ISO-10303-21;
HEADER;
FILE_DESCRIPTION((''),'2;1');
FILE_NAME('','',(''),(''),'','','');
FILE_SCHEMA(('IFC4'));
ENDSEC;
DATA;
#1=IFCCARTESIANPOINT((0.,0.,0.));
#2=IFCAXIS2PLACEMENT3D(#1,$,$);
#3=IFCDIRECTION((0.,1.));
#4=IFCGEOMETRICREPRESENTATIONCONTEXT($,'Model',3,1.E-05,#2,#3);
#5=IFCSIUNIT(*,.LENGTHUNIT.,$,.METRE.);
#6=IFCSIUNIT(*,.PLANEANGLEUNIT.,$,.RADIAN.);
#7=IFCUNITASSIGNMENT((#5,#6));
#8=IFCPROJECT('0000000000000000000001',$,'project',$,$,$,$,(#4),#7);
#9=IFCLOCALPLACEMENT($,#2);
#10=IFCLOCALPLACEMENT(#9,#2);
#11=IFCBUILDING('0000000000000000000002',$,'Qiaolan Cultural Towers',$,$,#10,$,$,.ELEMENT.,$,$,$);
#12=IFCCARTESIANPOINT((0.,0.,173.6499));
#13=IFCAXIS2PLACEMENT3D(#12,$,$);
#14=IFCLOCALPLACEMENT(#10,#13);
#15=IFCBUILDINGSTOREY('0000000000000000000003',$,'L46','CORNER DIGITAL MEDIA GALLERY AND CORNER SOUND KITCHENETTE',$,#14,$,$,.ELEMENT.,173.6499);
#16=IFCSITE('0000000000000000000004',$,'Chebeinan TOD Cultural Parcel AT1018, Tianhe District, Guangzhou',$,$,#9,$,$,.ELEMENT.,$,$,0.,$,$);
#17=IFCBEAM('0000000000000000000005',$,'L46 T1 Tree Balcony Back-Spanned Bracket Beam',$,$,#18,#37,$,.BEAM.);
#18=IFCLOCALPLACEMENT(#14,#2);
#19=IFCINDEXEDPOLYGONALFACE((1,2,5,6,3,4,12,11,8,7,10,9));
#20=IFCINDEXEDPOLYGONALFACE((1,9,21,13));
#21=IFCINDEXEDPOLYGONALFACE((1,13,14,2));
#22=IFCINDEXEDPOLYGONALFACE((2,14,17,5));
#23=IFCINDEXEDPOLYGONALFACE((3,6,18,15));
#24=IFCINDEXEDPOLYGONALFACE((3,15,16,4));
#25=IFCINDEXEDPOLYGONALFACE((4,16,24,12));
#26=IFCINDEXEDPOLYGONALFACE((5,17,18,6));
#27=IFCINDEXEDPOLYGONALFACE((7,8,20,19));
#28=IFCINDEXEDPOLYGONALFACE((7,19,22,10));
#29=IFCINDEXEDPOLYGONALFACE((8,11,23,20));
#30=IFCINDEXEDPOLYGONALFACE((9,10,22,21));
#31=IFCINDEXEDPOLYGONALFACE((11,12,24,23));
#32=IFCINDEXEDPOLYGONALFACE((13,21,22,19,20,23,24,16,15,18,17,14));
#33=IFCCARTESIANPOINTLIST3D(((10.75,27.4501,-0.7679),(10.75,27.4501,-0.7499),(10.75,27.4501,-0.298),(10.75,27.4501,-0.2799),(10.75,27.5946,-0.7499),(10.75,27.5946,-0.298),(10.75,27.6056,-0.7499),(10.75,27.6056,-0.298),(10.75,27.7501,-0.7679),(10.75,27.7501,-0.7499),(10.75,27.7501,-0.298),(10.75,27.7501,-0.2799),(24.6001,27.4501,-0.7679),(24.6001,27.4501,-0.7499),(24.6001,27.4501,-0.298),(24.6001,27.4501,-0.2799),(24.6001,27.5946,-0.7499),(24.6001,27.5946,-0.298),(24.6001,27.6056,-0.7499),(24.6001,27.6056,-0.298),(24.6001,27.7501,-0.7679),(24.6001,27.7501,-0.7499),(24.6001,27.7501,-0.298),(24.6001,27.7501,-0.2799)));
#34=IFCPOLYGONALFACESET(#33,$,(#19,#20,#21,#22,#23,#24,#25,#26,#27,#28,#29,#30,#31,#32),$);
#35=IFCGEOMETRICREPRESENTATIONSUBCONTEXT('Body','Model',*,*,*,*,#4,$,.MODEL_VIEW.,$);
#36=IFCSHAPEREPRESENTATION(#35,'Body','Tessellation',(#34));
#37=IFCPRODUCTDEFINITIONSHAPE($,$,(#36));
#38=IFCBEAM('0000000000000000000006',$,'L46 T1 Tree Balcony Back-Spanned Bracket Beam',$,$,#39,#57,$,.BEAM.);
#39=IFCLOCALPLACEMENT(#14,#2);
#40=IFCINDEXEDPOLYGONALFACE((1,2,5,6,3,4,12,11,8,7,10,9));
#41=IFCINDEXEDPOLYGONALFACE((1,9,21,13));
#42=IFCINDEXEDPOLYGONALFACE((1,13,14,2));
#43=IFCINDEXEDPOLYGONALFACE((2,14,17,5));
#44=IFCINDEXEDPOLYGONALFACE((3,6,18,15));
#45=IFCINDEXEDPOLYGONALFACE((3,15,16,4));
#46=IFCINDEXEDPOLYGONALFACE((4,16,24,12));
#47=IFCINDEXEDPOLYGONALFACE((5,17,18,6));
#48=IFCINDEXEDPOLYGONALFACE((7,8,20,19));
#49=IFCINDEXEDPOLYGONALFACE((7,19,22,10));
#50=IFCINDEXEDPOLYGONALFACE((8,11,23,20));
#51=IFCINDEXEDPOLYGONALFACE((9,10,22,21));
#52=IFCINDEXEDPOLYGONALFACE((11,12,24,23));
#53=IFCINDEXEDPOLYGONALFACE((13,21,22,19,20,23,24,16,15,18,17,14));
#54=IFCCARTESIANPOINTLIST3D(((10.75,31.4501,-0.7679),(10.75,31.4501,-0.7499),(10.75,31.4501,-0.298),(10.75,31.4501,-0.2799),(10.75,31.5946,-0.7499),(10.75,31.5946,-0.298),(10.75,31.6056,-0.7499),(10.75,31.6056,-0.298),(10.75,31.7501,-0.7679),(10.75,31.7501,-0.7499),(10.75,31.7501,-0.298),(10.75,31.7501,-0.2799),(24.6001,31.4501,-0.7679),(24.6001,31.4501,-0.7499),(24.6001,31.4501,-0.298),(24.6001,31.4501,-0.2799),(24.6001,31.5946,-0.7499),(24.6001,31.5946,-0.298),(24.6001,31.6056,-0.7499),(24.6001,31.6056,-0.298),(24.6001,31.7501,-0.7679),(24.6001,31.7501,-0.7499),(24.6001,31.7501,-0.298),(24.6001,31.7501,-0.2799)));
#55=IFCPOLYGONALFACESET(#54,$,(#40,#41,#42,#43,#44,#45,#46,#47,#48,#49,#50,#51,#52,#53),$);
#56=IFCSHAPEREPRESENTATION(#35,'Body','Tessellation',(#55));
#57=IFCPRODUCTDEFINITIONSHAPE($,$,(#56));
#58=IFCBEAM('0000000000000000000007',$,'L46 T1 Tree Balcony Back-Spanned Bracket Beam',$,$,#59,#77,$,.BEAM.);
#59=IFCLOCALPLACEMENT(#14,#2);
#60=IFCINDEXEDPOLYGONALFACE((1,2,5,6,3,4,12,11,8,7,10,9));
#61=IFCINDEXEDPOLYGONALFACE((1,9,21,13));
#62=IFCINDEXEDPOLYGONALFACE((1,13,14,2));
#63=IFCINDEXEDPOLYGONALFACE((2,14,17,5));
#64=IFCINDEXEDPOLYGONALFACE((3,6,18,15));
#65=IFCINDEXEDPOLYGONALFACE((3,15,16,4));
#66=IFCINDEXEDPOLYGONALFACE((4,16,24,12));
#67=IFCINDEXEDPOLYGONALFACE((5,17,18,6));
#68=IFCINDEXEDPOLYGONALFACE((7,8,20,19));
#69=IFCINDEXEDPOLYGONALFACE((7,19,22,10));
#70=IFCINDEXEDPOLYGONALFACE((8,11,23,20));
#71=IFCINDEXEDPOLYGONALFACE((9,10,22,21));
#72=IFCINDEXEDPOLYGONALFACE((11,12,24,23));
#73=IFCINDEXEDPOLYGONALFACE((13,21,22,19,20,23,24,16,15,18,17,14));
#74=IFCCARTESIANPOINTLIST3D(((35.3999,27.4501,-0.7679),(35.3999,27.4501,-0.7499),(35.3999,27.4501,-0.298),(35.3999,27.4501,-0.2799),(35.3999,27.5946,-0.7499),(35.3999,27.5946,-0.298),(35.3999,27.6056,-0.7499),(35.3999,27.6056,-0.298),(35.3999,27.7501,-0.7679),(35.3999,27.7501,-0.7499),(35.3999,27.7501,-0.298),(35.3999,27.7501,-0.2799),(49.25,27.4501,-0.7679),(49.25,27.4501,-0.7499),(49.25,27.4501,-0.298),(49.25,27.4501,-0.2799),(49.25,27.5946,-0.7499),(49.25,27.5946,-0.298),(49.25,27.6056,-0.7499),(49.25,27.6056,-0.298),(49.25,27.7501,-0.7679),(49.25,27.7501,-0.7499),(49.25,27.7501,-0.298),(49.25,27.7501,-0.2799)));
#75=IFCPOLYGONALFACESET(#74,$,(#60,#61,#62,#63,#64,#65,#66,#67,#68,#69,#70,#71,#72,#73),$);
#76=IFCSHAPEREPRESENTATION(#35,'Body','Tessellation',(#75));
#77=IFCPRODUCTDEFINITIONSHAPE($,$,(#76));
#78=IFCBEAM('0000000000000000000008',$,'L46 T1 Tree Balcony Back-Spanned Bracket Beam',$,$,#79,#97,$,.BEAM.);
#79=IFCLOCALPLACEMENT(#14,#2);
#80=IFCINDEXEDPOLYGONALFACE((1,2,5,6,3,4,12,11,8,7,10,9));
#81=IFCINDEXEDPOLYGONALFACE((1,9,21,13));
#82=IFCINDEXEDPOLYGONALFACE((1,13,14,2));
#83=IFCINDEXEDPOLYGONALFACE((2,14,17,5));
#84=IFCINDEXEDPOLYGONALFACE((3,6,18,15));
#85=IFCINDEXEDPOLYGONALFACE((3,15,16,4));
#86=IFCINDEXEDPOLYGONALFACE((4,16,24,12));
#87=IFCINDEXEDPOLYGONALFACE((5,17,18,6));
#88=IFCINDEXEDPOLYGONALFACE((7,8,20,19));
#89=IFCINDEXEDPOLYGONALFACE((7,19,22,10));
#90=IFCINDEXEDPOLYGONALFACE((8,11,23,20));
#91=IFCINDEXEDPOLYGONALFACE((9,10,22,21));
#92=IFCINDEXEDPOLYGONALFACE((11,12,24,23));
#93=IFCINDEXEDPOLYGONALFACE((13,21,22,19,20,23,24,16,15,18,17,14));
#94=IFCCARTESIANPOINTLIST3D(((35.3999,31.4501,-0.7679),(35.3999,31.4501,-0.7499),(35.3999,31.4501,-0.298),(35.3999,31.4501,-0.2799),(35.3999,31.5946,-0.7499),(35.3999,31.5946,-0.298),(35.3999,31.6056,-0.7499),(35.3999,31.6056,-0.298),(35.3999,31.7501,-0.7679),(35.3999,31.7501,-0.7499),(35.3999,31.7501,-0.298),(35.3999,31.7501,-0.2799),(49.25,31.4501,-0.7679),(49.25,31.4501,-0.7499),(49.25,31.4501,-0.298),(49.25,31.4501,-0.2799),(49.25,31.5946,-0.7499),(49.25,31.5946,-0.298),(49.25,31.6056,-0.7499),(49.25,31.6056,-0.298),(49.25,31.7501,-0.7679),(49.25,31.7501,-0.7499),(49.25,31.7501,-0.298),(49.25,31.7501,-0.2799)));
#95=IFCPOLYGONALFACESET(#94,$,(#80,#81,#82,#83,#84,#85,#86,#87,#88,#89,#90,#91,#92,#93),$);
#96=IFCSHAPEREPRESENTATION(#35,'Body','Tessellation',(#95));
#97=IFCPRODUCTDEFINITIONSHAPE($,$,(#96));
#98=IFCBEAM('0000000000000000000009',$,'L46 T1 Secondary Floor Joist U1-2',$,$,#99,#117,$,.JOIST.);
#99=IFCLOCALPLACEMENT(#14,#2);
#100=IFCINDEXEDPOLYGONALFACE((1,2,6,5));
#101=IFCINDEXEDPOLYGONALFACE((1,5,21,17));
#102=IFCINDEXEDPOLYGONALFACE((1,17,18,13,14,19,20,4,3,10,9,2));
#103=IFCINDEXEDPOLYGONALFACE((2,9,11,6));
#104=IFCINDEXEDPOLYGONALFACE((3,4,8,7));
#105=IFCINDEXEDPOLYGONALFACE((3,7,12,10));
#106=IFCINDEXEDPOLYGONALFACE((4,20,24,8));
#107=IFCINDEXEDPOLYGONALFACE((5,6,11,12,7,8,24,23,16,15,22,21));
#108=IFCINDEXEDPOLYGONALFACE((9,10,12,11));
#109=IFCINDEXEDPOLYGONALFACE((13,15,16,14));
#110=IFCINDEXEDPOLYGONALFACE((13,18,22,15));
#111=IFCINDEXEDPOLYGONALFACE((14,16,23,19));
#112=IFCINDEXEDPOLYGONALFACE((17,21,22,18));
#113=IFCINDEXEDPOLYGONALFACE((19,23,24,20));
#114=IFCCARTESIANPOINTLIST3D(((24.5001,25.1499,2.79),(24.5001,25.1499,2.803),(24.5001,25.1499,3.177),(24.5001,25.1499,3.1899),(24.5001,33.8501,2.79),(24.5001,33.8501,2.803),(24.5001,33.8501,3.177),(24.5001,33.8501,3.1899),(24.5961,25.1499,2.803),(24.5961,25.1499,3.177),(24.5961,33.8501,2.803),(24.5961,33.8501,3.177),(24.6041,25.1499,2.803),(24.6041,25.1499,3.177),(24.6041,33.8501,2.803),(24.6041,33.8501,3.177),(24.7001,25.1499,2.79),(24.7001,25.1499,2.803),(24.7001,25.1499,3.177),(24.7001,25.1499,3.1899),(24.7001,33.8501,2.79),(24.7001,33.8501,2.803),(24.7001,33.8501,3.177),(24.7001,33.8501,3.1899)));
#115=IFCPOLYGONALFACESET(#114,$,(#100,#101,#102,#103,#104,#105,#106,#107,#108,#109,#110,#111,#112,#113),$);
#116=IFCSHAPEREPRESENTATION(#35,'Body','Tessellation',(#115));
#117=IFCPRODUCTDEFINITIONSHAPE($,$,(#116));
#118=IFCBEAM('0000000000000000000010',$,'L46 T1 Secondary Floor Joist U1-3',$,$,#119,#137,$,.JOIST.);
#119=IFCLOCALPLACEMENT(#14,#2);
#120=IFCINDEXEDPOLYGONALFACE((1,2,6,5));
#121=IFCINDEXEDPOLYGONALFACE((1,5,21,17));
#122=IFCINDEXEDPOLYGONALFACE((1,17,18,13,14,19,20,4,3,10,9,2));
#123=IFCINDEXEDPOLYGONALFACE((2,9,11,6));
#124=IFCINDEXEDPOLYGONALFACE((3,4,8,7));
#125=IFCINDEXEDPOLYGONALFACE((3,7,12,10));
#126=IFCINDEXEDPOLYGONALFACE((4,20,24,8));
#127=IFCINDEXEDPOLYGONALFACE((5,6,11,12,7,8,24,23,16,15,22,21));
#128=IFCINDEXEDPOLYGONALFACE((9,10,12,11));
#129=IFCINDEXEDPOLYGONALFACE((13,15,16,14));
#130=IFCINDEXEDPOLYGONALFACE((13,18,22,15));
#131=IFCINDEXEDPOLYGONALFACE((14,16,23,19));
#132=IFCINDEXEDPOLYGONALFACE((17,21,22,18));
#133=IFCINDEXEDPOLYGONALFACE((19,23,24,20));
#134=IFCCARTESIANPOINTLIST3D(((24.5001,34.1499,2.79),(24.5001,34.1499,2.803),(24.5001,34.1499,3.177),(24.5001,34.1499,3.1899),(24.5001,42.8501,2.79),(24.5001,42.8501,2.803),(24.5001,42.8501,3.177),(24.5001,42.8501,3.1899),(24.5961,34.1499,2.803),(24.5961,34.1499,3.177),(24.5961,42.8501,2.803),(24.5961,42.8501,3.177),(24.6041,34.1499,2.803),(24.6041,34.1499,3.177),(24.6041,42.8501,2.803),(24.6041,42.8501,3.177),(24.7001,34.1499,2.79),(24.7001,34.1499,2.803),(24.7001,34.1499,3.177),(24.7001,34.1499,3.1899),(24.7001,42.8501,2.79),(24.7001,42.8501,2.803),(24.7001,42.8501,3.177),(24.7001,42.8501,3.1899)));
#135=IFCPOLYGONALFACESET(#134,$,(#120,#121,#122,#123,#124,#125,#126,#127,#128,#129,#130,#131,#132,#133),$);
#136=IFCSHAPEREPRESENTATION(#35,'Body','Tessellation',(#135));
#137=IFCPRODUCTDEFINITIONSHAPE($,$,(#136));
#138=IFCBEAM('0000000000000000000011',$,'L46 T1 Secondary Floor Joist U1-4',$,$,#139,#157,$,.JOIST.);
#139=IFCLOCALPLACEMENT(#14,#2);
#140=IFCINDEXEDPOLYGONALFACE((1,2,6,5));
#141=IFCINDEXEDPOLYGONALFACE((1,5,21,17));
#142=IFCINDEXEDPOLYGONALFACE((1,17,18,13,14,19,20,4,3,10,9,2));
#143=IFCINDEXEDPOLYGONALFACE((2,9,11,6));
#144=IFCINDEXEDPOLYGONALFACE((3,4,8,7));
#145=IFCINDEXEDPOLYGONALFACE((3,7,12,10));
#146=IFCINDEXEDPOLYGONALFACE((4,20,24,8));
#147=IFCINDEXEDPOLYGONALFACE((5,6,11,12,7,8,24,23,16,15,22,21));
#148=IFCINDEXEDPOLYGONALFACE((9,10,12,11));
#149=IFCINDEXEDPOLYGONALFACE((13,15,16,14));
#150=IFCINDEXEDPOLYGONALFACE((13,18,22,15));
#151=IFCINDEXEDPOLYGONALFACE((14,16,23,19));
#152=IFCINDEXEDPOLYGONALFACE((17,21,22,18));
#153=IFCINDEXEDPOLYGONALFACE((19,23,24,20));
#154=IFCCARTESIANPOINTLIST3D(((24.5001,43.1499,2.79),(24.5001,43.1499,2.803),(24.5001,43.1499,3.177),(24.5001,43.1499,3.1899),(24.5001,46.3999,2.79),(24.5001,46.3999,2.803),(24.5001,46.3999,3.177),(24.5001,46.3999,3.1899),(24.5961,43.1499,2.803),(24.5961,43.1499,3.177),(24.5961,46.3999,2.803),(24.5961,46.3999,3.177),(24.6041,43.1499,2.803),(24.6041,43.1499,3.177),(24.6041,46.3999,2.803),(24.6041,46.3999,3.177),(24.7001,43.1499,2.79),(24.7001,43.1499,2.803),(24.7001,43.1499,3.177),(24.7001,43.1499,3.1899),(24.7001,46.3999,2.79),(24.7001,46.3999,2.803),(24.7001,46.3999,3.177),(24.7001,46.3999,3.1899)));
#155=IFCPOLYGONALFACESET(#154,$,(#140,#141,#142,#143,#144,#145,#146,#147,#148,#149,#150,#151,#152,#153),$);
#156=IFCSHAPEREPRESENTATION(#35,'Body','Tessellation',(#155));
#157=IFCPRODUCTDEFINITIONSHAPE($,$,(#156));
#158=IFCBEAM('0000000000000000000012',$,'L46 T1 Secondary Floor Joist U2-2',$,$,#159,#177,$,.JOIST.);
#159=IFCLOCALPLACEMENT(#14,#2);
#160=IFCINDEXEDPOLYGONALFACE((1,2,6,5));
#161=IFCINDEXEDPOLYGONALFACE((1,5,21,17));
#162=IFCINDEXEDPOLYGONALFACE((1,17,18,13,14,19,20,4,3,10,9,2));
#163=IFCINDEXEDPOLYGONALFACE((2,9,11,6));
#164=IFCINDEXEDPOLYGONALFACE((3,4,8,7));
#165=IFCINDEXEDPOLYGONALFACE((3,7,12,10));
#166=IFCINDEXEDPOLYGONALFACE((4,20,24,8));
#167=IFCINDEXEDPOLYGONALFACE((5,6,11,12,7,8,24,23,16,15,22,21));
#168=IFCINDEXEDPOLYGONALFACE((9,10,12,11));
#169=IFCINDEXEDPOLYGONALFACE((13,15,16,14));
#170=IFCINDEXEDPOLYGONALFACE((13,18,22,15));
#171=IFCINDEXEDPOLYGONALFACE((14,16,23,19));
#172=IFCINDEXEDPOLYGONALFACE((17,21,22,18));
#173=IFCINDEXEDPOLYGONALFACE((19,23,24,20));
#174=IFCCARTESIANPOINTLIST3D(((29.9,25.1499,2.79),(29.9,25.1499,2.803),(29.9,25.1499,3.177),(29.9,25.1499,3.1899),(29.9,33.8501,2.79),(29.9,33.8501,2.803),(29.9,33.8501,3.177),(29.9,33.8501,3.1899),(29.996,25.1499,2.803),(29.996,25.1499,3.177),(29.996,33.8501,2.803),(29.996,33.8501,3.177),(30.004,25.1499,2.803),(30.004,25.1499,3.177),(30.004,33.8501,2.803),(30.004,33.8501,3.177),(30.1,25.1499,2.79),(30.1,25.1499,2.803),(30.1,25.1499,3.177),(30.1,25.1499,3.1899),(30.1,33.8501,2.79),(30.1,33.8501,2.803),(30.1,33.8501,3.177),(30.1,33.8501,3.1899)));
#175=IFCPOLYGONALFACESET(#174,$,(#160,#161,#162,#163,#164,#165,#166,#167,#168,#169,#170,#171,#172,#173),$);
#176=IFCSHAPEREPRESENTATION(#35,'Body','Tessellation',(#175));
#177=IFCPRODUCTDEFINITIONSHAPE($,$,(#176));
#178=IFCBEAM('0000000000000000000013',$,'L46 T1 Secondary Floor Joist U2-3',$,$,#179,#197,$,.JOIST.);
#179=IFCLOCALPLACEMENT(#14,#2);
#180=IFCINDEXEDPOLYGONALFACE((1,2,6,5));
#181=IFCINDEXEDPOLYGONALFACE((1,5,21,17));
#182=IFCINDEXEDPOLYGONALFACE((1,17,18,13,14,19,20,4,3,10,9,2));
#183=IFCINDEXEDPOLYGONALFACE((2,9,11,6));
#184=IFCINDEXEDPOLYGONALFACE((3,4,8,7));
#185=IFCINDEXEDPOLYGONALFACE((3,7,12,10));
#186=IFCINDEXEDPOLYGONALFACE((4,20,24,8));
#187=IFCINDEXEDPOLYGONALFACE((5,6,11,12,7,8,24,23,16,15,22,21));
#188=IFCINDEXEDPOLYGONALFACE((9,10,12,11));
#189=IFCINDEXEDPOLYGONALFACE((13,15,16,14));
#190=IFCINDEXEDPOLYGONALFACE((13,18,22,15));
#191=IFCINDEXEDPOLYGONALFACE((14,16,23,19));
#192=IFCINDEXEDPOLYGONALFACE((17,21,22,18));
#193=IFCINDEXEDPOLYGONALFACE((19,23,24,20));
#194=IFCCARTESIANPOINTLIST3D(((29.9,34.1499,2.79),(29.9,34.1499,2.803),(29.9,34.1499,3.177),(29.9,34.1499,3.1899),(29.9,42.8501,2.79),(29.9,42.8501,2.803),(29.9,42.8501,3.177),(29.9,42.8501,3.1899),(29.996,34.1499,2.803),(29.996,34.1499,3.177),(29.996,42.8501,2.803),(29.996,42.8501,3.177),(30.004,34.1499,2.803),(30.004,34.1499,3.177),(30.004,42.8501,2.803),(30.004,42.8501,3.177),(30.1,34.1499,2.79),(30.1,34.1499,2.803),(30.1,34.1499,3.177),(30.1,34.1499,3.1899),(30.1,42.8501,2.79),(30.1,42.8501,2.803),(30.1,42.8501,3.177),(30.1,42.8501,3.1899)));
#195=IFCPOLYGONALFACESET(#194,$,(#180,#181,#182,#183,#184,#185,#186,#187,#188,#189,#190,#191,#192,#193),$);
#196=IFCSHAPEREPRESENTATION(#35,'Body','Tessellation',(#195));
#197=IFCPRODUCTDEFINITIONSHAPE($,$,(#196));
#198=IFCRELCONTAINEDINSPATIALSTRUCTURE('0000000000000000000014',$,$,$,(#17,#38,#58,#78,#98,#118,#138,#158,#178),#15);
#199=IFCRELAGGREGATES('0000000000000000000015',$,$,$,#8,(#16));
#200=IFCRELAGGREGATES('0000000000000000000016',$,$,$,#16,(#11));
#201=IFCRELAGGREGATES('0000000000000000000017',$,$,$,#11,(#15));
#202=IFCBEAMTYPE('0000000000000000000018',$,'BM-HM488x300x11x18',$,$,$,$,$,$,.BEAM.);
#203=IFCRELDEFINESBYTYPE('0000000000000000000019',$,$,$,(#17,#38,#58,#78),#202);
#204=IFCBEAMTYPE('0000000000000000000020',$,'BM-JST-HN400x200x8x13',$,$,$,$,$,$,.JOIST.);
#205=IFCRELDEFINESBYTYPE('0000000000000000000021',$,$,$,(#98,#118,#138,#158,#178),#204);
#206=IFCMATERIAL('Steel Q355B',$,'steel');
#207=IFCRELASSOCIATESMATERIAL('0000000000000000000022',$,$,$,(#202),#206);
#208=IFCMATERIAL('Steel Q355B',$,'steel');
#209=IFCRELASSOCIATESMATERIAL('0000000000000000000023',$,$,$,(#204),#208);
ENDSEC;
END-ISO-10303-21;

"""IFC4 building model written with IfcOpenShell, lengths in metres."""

from ifc_helpers import new_model, si_unit, direction, frame, origin, origin_2d, place, context, subcontext, project, spatial, i_section, extrude, material, material_profile, profile_set, type_object, element, save


model = new_model("IFC4")

# Units and contexts
model_context = context("Model", 3, precision=1e-05, world=origin(), true_north=direction((0.0, 1.0)))
body_context = subcontext(model_context, "Body", "Model", "MODEL_VIEW")
ifc_project = project(units=[si_unit("LENGTHUNIT", "METRE"), si_unit("PLANEANGLEUNIT", "RADIAN")], contexts=[model_context])

# Site, building, storey
site_placement = place(None, origin())
site = spatial("IfcSite", under=ifc_project, at=site_placement, Name="Chebeinan TOD Cultural Parcel AT1018, Tianhe District, Guangzhou", CompositionType="ELEMENT", RefElevation=0.0)
building_placement = place(site_placement, origin())
building = spatial("IfcBuilding", under=site, at=building_placement, Name="Qiaolan Cultural Towers", CompositionType="ELEMENT")
storey_placement = place(building_placement, frame((0.0, 0.0, 173.6499)))
storey = spatial("IfcBuildingStorey", under=building, at=storey_placement, Name="L46", Description="CORNER DIGITAL MEDIA GALLERY AND CORNER SOUND KITCHENETTE", CompositionType="ELEMENT", Elevation=173.6499)

# Beams
ifc_material_1 = material(Name="Steel Q355B", Category="steel")
ifc_material_profile_1 = material_profile(ifc_material_1, i_section(OverallWidth=0.3, OverallDepth=0.488, WebThickness=0.011, FlangeThickness=0.0181, at=origin_2d()), Name="HM488x300x11x18")
ifc_profile_set_1 = profile_set([ifc_material_profile_1], Name="Steel Q355B")
beam_type_1 = type_object("IfcBeamType", Name="BM-HM488x300x11x18", PredefinedType="BEAM", material=ifc_profile_set_1)
for number, where, z_axis, x_axis, name in (
    (1, (24.6001, 27.6001, -0.5239), (-1.0, 0.0, 0.0), (0.0, -1.0, 0.0), "L46 T1 Tree Balcony Back-Spanned Bracket Beam"),
    (2, (24.6001, 31.6001, -0.5239), (-1.0, 0.0, 0.0), (0.0, -1.0, 0.0), "L46 T1 Tree Balcony Back-Spanned Bracket Beam"),
    (3, (35.3999, 27.6001, -0.5239), (1.0, 0.0, 0.0), (0.0, 1.0, 0.0), "L46 T1 Tree Balcony Back-Spanned Bracket Beam"),
    (4, (35.3999, 31.6001, -0.5239), (1.0, 0.0, 0.0), (0.0, 1.0, 0.0), "L46 T1 Tree Balcony Back-Spanned Bracket Beam"),
):
    element("IfcBeam", number, at=place(storey_placement, frame(where, z_axis=z_axis, x_axis=x_axis)), inside=storey, type_object=beam_type_1, Name=name, PredefinedType="BEAM", context=body_context, shape_type="SweptSolid", body=[
        extrude(i_section(OverallWidth=0.3, OverallDepth=0.488, WebThickness=0.011, FlangeThickness=0.0181, at=origin_2d()), origin(), (0.0, 0.0, 1.0), 13.8501),
    ])
ifc_material_2 = material(Name="Steel Q355B", Category="steel")
ifc_material_profile_2 = material_profile(ifc_material_2, i_section(OverallWidth=0.2, OverallDepth=0.3999, WebThickness=0.0081, FlangeThickness=0.0129, at=origin_2d()), Name="HN400x200x8x13")
ifc_profile_set_2 = profile_set([ifc_material_profile_2], Name="Steel Q355B")
beam_type_2 = type_object("IfcBeamType", Name="BM-JST-HN400x200x8x13", PredefinedType="JOIST", material=ifc_profile_set_2)
for number, where, z_axis, x_axis, name in (
    (5, (24.6001, 25.1499, 2.99), (0.0, 1.0, 0.0), (-1.0, 0.0, 0.0), "L46 T1 Secondary Floor Joist U1-2"),
    (6, (24.6001, 34.1499, 2.99), (0.0, 1.0, 0.0), (-1.0, 0.0, 0.0), "L46 T1 Secondary Floor Joist U1-3"),
):
    element("IfcBeam", number, at=place(storey_placement, frame(where, z_axis=z_axis, x_axis=x_axis)), inside=storey, type_object=beam_type_2, Name=name, PredefinedType="JOIST", context=body_context, shape_type="SweptSolid", body=[
        extrude(i_section(OverallWidth=0.2, OverallDepth=0.3999, WebThickness=0.0081, FlangeThickness=0.0129, at=origin_2d()), origin(), (0.0, 0.0, 1.0), 8.7002),
    ])
beam_1_placement = place(storey_placement, frame((24.6001, 43.1499, 2.99), z_axis=(0.0, 1.0, 0.0), x_axis=(-1.0, 0.0, 0.0)))
element("IfcBeam", 7, at=beam_1_placement, inside=storey, type_object=beam_type_2, Name="L46 T1 Secondary Floor Joist U1-4", PredefinedType="JOIST", context=body_context, shape_type="SweptSolid", body=[
    extrude(i_section(OverallWidth=0.2, OverallDepth=0.3999, WebThickness=0.0081, FlangeThickness=0.0129, at=origin_2d()), origin(), (0.0, 0.0, 1.0), 3.25),
])
for number, where, z_axis, x_axis, name in (
    (8, (30.0, 25.1499, 2.99), (0.0, 1.0, 0.0), (-1.0, 0.0, 0.0), "L46 T1 Secondary Floor Joist U2-2"),
    (9, (30.0, 34.1499, 2.99), (0.0, 1.0, 0.0), (-1.0, 0.0, 0.0), "L46 T1 Secondary Floor Joist U2-3"),
):
    element("IfcBeam", number, at=place(storey_placement, frame(where, z_axis=z_axis, x_axis=x_axis)), inside=storey, type_object=beam_type_2, Name=name, PredefinedType="JOIST", context=body_context, shape_type="SweptSolid", body=[
        extrude(i_section(OverallWidth=0.2, OverallDepth=0.3999, WebThickness=0.0081, FlangeThickness=0.0129, at=origin_2d()), origin(), (0.0, 0.0, 1.0), 8.7002),
    ])

save(model, "model.ifc")
